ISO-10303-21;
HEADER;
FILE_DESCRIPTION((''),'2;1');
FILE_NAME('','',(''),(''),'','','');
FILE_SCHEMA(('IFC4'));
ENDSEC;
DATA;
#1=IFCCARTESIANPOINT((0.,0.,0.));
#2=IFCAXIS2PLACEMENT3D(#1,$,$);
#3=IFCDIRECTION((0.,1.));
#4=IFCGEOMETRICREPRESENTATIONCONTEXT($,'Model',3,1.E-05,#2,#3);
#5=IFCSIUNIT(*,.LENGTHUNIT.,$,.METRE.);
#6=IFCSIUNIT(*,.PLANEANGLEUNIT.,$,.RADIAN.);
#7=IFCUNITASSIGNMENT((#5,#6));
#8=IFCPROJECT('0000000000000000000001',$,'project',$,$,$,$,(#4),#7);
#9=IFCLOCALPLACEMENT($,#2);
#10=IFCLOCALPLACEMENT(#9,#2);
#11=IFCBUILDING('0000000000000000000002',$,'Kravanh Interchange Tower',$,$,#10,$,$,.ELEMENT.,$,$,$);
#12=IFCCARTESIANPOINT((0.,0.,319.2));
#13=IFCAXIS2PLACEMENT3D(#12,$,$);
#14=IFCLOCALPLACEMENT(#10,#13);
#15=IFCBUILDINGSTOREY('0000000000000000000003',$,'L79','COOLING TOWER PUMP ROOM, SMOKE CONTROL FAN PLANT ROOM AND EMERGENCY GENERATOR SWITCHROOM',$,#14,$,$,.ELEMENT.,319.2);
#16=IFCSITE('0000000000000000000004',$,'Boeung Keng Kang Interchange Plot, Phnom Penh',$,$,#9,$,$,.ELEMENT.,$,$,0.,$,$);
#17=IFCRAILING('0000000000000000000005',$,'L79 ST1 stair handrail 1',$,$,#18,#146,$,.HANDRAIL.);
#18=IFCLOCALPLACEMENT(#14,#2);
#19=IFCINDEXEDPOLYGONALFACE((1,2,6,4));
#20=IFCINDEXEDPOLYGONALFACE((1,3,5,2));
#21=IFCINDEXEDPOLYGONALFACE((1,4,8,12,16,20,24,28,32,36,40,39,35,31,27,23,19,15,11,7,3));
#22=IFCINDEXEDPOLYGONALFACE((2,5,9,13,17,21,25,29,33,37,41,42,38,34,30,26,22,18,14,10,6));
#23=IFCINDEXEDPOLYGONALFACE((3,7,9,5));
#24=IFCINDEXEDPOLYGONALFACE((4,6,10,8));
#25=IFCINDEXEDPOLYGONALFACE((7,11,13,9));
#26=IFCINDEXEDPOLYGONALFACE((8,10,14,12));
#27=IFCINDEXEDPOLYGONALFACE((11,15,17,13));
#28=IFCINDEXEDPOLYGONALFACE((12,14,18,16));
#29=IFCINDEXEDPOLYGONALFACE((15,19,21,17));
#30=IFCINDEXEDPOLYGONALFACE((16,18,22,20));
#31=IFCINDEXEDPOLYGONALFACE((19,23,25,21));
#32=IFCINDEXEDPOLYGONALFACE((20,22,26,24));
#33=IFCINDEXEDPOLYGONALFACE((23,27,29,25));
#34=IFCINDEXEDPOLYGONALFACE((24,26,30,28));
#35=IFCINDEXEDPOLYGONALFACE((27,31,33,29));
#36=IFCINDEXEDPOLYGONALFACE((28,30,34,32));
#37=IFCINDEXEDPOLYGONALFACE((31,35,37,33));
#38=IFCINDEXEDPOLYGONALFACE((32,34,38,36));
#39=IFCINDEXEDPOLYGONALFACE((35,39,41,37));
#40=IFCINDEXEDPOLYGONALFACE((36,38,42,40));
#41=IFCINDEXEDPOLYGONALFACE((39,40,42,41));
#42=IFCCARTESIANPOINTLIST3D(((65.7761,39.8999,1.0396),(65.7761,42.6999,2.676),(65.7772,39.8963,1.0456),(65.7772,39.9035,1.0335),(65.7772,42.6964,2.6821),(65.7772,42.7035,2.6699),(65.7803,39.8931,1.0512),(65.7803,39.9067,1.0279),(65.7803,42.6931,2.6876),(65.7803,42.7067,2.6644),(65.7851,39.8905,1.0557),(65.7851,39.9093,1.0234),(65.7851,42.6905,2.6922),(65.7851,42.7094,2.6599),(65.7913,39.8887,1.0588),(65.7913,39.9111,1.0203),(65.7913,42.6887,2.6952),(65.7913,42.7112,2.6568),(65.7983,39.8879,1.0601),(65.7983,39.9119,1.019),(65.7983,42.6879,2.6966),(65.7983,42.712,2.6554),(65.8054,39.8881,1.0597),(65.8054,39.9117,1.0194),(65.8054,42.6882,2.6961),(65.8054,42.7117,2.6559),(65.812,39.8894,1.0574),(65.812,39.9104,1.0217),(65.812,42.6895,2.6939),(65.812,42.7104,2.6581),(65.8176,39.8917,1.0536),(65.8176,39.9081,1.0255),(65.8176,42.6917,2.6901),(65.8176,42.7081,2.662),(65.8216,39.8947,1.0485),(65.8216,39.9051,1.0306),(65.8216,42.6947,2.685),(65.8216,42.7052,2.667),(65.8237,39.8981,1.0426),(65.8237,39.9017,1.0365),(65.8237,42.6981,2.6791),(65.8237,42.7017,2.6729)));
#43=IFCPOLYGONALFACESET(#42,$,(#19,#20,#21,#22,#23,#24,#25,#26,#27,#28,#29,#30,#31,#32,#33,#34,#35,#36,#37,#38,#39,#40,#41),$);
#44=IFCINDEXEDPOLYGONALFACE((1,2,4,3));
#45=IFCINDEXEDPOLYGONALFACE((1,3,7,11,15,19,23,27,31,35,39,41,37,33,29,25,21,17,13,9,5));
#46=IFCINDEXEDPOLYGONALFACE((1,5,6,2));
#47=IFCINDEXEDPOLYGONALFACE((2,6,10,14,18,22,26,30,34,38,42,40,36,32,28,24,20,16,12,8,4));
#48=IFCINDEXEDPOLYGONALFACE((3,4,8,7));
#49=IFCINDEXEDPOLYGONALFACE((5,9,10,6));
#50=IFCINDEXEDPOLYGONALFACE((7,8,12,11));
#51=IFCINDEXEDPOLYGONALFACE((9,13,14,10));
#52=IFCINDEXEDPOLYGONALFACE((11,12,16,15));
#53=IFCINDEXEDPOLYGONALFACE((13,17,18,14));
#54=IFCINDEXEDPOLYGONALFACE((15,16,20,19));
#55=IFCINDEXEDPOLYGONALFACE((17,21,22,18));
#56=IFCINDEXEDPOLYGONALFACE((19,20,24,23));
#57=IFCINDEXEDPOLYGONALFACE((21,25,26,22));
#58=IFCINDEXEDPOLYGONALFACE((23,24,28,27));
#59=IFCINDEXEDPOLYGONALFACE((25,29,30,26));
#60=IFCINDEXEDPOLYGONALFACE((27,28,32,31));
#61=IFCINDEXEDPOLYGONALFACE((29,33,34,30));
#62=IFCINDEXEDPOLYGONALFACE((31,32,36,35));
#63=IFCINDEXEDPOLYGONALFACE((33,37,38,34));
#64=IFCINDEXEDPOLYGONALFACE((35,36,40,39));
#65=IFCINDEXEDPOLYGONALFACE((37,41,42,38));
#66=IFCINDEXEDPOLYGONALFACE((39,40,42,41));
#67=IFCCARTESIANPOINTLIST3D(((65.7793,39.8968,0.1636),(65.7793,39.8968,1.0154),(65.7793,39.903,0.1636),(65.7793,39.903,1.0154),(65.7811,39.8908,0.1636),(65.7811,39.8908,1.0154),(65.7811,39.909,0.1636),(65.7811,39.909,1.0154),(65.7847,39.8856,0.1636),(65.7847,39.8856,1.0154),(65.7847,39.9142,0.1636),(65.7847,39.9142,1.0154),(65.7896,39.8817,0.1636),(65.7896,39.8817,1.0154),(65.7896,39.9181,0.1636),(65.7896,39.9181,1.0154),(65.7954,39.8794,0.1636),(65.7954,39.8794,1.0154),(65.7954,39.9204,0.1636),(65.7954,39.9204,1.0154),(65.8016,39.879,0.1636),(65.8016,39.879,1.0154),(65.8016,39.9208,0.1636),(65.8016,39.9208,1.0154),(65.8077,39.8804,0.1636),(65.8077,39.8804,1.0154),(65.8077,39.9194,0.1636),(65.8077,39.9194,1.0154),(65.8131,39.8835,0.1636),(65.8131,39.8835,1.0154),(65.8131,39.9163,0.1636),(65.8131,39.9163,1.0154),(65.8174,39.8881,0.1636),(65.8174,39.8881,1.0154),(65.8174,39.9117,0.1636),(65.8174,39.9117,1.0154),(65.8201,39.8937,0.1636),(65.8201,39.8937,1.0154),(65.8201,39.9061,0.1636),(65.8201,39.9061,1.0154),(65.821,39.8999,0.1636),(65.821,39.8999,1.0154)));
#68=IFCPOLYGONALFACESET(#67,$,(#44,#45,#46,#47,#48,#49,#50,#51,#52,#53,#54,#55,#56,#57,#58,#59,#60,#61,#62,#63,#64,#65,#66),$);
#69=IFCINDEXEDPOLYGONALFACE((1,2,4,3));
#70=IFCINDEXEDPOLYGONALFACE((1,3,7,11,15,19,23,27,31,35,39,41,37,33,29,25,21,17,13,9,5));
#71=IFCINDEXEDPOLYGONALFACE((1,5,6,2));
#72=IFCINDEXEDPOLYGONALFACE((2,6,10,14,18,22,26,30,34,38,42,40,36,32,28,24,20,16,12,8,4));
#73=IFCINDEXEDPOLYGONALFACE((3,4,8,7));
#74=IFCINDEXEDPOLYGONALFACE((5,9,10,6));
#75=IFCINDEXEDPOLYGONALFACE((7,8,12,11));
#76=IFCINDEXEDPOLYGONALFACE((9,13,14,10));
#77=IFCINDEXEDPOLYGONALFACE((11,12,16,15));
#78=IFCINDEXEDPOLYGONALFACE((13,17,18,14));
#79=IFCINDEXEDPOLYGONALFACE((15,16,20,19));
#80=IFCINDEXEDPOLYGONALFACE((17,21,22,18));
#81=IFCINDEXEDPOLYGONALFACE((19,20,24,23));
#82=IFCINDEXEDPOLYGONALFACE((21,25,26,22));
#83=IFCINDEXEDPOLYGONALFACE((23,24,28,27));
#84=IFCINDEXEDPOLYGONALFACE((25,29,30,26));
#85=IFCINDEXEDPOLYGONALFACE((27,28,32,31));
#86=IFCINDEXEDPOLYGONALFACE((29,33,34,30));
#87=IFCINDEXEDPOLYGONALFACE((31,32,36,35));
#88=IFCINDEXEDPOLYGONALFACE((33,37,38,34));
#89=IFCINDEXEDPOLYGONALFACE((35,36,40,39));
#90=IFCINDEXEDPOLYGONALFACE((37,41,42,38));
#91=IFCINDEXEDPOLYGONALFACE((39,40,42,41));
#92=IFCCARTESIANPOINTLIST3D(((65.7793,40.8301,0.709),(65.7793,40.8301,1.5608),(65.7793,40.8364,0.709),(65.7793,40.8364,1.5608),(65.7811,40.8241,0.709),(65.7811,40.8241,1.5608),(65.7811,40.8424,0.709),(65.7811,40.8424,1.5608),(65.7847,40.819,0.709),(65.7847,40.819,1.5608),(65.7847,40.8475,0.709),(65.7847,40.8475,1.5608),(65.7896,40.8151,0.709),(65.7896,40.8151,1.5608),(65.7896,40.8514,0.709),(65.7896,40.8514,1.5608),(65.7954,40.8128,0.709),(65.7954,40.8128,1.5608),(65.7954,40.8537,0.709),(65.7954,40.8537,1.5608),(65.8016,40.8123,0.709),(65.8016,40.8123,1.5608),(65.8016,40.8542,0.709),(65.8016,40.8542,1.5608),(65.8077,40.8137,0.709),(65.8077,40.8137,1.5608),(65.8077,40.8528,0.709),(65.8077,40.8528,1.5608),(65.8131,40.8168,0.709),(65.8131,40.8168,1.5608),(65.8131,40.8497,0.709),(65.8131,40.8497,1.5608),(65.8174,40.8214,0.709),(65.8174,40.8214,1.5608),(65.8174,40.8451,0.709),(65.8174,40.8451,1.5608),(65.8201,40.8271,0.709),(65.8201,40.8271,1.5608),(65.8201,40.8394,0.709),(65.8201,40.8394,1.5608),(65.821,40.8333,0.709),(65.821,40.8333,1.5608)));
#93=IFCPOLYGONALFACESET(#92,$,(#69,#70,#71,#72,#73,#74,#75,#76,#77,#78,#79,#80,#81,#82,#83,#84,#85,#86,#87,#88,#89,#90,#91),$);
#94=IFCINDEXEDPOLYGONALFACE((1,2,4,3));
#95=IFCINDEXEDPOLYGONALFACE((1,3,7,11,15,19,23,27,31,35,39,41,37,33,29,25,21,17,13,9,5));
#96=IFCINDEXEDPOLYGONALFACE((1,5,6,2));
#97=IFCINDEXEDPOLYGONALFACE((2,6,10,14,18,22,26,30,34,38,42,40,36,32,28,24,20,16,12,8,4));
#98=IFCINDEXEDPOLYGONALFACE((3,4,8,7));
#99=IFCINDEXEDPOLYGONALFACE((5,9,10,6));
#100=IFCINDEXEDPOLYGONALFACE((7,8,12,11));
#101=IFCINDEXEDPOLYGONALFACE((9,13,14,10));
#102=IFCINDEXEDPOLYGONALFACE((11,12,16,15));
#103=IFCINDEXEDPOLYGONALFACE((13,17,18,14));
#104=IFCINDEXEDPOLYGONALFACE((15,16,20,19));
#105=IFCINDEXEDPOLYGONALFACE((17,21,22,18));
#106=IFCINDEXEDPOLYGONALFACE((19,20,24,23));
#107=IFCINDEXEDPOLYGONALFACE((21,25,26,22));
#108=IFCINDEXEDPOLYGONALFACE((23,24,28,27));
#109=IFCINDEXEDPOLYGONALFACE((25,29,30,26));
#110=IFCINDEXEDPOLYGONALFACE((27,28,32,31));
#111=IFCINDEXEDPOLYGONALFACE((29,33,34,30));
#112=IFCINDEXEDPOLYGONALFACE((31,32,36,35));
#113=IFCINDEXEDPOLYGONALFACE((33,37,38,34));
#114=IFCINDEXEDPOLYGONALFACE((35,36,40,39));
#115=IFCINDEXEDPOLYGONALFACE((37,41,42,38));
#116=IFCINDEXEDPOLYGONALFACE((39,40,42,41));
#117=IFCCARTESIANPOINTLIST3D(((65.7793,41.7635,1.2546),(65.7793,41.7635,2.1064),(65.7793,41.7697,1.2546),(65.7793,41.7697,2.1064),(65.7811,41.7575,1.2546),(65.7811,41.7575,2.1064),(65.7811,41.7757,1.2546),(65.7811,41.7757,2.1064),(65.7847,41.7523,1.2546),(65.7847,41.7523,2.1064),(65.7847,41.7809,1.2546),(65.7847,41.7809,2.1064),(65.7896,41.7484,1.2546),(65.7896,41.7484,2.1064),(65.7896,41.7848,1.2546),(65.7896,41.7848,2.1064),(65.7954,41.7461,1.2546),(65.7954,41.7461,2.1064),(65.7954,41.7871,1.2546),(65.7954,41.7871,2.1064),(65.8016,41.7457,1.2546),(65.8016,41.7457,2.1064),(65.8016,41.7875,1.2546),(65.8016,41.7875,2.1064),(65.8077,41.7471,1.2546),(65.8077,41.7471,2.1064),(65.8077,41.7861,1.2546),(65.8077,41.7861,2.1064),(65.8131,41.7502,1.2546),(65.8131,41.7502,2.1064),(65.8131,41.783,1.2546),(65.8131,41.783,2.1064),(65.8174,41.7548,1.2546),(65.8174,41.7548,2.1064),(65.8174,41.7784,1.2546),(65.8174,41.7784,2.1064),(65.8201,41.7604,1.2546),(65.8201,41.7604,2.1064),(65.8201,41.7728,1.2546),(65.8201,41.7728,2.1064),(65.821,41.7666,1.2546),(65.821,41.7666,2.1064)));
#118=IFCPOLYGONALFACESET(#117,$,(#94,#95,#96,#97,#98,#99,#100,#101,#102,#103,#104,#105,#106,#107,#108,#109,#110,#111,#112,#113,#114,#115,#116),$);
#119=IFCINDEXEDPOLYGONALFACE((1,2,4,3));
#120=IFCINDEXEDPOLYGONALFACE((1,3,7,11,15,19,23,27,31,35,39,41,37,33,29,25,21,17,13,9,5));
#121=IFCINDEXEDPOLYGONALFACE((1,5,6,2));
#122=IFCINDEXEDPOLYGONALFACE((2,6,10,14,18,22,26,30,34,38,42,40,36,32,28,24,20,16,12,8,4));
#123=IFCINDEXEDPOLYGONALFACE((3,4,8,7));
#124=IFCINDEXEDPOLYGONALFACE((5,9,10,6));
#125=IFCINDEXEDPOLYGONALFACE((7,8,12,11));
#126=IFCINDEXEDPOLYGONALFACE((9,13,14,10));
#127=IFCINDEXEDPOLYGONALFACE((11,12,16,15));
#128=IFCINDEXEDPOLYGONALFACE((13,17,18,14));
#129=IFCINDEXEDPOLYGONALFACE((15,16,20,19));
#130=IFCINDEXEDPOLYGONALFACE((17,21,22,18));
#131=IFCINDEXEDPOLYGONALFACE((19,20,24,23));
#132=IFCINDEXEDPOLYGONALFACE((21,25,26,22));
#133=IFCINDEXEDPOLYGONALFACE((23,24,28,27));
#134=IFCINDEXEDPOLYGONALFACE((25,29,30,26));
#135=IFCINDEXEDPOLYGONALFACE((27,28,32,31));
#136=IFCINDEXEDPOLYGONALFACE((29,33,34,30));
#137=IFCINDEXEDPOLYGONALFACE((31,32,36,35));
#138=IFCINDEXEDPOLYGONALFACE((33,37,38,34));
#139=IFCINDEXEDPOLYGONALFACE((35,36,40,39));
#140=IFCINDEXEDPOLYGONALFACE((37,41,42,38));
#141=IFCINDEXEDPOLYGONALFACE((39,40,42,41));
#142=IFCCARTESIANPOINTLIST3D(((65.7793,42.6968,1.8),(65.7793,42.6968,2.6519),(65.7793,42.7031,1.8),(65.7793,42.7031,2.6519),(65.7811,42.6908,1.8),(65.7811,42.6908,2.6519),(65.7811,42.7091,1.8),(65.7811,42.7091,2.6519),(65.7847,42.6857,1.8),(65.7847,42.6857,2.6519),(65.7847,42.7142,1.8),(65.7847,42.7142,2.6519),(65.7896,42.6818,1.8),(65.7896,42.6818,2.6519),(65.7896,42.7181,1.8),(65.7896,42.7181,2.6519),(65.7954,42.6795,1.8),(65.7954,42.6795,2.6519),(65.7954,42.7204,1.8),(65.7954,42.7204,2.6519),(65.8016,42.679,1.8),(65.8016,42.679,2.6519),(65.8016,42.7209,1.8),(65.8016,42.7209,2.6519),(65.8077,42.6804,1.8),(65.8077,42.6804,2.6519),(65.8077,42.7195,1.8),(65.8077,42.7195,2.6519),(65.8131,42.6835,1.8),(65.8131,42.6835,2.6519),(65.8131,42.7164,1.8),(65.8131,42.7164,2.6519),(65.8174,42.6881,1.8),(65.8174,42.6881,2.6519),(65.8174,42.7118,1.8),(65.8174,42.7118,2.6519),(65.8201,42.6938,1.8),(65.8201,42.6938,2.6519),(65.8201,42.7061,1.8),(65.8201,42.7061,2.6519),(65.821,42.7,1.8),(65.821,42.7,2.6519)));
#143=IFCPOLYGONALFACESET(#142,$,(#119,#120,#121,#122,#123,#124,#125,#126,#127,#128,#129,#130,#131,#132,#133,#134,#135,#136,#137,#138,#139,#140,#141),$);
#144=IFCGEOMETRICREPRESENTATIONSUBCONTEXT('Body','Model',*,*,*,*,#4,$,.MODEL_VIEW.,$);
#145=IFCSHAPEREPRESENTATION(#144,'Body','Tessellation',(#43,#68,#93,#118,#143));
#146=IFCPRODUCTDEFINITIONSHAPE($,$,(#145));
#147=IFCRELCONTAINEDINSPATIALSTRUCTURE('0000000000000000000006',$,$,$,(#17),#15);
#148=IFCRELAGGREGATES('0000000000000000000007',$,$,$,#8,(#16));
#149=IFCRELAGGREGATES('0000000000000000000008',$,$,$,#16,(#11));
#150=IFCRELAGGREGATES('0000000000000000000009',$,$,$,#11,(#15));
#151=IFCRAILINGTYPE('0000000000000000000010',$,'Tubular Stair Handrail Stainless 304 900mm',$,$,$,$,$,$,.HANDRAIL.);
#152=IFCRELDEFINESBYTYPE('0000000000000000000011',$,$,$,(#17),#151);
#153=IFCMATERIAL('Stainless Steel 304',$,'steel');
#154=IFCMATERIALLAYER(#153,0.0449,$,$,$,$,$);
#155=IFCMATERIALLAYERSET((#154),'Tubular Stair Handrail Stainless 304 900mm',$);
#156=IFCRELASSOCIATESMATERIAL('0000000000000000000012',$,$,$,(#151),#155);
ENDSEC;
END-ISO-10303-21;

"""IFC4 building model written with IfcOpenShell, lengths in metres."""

from ifc_helpers import new_model, si_unit, direction, frame, origin, origin_2d, place, context, subcontext, project, spatial, circle, extrude, material, layer, layer_set, type_object, element, save


model = new_model("IFC4")

# Units and contexts
model_context = context("Model", 3, precision=1e-05, world=origin(), true_north=direction((0.0, 1.0)))
body_context = subcontext(model_context, "Body", "Model", "MODEL_VIEW")
ifc_project = project(units=[si_unit("LENGTHUNIT", "METRE"), si_unit("PLANEANGLEUNIT", "RADIAN")], contexts=[model_context])

# Site, building, storey
site_placement = place(None, origin())
site = spatial("IfcSite", under=ifc_project, at=site_placement, Name="Boeung Keng Kang Interchange Plot, Phnom Penh", CompositionType="ELEMENT", RefElevation=0.0)
building_placement = place(site_placement, origin())
building = spatial("IfcBuilding", under=site, at=building_placement, Name="Kravanh Interchange Tower", CompositionType="ELEMENT")
storey_placement = place(building_placement, frame((0.0, 0.0, 319.2)))
storey = spatial("IfcBuildingStorey", under=building, at=storey_placement, Name="L79", Description="COOLING TOWER PUMP ROOM, SMOKE CONTROL FAN PLANT ROOM AND EMERGENCY GENERATOR SWITCHROOM", CompositionType="ELEMENT", Elevation=319.2)

# Railing
ifc_material_1 = material(Name="Stainless Steel 304", Category="steel")
ifc_layer_1 = layer(ifc_material_1, 0.0449)
ifc_layer_set_1 = layer_set([ifc_layer_1], Name="Tubular Stair Handrail Stainless 304 900mm")
railing_type_1 = type_object("IfcRailingType", Name="Tubular Stair Handrail Stainless 304 900mm", PredefinedType="HANDRAIL", material=ifc_layer_set_1)
railing_1_placement = place(storey_placement, frame((65.8, 39.8999, 0.1636)))
element("IfcRailing", 1, at=railing_1_placement, inside=storey, type_object=railing_type_1, Name="L79 ST1 stair handrail 1", PredefinedType="HANDRAIL", context=body_context, shape_type="SweptSolid", body=[
    extrude(circle(Radius=0.0239, at=origin_2d()), frame((0.0, 0.0, 0.876), z_axis=(0.0, 0.863361, 0.504587), x_axis=(-1.0, 0.0, 0.0)), (0.0, 0.0, 1.0), 3.2432),
    extrude(circle(Radius=0.021, at=origin_2d()), origin(), (0.0, 0.0, 1.0), 0.8518),
    extrude(circle(Radius=0.021, at=origin_2d()), frame((0.0, 0.9333, 0.5454)), (0.0, 0.0, 1.0), 0.8518),
    extrude(circle(Radius=0.021, at=origin_2d()), frame((0.0, 1.8667, 1.0911)), (0.0, 0.0, 1.0), 0.8518),
    extrude(circle(Radius=0.021, at=origin_2d()), frame((0.0, 2.8, 1.6365)), (0.0, 0.0, 1.0), 0.8518),
])

save(model, "model.ifc")
